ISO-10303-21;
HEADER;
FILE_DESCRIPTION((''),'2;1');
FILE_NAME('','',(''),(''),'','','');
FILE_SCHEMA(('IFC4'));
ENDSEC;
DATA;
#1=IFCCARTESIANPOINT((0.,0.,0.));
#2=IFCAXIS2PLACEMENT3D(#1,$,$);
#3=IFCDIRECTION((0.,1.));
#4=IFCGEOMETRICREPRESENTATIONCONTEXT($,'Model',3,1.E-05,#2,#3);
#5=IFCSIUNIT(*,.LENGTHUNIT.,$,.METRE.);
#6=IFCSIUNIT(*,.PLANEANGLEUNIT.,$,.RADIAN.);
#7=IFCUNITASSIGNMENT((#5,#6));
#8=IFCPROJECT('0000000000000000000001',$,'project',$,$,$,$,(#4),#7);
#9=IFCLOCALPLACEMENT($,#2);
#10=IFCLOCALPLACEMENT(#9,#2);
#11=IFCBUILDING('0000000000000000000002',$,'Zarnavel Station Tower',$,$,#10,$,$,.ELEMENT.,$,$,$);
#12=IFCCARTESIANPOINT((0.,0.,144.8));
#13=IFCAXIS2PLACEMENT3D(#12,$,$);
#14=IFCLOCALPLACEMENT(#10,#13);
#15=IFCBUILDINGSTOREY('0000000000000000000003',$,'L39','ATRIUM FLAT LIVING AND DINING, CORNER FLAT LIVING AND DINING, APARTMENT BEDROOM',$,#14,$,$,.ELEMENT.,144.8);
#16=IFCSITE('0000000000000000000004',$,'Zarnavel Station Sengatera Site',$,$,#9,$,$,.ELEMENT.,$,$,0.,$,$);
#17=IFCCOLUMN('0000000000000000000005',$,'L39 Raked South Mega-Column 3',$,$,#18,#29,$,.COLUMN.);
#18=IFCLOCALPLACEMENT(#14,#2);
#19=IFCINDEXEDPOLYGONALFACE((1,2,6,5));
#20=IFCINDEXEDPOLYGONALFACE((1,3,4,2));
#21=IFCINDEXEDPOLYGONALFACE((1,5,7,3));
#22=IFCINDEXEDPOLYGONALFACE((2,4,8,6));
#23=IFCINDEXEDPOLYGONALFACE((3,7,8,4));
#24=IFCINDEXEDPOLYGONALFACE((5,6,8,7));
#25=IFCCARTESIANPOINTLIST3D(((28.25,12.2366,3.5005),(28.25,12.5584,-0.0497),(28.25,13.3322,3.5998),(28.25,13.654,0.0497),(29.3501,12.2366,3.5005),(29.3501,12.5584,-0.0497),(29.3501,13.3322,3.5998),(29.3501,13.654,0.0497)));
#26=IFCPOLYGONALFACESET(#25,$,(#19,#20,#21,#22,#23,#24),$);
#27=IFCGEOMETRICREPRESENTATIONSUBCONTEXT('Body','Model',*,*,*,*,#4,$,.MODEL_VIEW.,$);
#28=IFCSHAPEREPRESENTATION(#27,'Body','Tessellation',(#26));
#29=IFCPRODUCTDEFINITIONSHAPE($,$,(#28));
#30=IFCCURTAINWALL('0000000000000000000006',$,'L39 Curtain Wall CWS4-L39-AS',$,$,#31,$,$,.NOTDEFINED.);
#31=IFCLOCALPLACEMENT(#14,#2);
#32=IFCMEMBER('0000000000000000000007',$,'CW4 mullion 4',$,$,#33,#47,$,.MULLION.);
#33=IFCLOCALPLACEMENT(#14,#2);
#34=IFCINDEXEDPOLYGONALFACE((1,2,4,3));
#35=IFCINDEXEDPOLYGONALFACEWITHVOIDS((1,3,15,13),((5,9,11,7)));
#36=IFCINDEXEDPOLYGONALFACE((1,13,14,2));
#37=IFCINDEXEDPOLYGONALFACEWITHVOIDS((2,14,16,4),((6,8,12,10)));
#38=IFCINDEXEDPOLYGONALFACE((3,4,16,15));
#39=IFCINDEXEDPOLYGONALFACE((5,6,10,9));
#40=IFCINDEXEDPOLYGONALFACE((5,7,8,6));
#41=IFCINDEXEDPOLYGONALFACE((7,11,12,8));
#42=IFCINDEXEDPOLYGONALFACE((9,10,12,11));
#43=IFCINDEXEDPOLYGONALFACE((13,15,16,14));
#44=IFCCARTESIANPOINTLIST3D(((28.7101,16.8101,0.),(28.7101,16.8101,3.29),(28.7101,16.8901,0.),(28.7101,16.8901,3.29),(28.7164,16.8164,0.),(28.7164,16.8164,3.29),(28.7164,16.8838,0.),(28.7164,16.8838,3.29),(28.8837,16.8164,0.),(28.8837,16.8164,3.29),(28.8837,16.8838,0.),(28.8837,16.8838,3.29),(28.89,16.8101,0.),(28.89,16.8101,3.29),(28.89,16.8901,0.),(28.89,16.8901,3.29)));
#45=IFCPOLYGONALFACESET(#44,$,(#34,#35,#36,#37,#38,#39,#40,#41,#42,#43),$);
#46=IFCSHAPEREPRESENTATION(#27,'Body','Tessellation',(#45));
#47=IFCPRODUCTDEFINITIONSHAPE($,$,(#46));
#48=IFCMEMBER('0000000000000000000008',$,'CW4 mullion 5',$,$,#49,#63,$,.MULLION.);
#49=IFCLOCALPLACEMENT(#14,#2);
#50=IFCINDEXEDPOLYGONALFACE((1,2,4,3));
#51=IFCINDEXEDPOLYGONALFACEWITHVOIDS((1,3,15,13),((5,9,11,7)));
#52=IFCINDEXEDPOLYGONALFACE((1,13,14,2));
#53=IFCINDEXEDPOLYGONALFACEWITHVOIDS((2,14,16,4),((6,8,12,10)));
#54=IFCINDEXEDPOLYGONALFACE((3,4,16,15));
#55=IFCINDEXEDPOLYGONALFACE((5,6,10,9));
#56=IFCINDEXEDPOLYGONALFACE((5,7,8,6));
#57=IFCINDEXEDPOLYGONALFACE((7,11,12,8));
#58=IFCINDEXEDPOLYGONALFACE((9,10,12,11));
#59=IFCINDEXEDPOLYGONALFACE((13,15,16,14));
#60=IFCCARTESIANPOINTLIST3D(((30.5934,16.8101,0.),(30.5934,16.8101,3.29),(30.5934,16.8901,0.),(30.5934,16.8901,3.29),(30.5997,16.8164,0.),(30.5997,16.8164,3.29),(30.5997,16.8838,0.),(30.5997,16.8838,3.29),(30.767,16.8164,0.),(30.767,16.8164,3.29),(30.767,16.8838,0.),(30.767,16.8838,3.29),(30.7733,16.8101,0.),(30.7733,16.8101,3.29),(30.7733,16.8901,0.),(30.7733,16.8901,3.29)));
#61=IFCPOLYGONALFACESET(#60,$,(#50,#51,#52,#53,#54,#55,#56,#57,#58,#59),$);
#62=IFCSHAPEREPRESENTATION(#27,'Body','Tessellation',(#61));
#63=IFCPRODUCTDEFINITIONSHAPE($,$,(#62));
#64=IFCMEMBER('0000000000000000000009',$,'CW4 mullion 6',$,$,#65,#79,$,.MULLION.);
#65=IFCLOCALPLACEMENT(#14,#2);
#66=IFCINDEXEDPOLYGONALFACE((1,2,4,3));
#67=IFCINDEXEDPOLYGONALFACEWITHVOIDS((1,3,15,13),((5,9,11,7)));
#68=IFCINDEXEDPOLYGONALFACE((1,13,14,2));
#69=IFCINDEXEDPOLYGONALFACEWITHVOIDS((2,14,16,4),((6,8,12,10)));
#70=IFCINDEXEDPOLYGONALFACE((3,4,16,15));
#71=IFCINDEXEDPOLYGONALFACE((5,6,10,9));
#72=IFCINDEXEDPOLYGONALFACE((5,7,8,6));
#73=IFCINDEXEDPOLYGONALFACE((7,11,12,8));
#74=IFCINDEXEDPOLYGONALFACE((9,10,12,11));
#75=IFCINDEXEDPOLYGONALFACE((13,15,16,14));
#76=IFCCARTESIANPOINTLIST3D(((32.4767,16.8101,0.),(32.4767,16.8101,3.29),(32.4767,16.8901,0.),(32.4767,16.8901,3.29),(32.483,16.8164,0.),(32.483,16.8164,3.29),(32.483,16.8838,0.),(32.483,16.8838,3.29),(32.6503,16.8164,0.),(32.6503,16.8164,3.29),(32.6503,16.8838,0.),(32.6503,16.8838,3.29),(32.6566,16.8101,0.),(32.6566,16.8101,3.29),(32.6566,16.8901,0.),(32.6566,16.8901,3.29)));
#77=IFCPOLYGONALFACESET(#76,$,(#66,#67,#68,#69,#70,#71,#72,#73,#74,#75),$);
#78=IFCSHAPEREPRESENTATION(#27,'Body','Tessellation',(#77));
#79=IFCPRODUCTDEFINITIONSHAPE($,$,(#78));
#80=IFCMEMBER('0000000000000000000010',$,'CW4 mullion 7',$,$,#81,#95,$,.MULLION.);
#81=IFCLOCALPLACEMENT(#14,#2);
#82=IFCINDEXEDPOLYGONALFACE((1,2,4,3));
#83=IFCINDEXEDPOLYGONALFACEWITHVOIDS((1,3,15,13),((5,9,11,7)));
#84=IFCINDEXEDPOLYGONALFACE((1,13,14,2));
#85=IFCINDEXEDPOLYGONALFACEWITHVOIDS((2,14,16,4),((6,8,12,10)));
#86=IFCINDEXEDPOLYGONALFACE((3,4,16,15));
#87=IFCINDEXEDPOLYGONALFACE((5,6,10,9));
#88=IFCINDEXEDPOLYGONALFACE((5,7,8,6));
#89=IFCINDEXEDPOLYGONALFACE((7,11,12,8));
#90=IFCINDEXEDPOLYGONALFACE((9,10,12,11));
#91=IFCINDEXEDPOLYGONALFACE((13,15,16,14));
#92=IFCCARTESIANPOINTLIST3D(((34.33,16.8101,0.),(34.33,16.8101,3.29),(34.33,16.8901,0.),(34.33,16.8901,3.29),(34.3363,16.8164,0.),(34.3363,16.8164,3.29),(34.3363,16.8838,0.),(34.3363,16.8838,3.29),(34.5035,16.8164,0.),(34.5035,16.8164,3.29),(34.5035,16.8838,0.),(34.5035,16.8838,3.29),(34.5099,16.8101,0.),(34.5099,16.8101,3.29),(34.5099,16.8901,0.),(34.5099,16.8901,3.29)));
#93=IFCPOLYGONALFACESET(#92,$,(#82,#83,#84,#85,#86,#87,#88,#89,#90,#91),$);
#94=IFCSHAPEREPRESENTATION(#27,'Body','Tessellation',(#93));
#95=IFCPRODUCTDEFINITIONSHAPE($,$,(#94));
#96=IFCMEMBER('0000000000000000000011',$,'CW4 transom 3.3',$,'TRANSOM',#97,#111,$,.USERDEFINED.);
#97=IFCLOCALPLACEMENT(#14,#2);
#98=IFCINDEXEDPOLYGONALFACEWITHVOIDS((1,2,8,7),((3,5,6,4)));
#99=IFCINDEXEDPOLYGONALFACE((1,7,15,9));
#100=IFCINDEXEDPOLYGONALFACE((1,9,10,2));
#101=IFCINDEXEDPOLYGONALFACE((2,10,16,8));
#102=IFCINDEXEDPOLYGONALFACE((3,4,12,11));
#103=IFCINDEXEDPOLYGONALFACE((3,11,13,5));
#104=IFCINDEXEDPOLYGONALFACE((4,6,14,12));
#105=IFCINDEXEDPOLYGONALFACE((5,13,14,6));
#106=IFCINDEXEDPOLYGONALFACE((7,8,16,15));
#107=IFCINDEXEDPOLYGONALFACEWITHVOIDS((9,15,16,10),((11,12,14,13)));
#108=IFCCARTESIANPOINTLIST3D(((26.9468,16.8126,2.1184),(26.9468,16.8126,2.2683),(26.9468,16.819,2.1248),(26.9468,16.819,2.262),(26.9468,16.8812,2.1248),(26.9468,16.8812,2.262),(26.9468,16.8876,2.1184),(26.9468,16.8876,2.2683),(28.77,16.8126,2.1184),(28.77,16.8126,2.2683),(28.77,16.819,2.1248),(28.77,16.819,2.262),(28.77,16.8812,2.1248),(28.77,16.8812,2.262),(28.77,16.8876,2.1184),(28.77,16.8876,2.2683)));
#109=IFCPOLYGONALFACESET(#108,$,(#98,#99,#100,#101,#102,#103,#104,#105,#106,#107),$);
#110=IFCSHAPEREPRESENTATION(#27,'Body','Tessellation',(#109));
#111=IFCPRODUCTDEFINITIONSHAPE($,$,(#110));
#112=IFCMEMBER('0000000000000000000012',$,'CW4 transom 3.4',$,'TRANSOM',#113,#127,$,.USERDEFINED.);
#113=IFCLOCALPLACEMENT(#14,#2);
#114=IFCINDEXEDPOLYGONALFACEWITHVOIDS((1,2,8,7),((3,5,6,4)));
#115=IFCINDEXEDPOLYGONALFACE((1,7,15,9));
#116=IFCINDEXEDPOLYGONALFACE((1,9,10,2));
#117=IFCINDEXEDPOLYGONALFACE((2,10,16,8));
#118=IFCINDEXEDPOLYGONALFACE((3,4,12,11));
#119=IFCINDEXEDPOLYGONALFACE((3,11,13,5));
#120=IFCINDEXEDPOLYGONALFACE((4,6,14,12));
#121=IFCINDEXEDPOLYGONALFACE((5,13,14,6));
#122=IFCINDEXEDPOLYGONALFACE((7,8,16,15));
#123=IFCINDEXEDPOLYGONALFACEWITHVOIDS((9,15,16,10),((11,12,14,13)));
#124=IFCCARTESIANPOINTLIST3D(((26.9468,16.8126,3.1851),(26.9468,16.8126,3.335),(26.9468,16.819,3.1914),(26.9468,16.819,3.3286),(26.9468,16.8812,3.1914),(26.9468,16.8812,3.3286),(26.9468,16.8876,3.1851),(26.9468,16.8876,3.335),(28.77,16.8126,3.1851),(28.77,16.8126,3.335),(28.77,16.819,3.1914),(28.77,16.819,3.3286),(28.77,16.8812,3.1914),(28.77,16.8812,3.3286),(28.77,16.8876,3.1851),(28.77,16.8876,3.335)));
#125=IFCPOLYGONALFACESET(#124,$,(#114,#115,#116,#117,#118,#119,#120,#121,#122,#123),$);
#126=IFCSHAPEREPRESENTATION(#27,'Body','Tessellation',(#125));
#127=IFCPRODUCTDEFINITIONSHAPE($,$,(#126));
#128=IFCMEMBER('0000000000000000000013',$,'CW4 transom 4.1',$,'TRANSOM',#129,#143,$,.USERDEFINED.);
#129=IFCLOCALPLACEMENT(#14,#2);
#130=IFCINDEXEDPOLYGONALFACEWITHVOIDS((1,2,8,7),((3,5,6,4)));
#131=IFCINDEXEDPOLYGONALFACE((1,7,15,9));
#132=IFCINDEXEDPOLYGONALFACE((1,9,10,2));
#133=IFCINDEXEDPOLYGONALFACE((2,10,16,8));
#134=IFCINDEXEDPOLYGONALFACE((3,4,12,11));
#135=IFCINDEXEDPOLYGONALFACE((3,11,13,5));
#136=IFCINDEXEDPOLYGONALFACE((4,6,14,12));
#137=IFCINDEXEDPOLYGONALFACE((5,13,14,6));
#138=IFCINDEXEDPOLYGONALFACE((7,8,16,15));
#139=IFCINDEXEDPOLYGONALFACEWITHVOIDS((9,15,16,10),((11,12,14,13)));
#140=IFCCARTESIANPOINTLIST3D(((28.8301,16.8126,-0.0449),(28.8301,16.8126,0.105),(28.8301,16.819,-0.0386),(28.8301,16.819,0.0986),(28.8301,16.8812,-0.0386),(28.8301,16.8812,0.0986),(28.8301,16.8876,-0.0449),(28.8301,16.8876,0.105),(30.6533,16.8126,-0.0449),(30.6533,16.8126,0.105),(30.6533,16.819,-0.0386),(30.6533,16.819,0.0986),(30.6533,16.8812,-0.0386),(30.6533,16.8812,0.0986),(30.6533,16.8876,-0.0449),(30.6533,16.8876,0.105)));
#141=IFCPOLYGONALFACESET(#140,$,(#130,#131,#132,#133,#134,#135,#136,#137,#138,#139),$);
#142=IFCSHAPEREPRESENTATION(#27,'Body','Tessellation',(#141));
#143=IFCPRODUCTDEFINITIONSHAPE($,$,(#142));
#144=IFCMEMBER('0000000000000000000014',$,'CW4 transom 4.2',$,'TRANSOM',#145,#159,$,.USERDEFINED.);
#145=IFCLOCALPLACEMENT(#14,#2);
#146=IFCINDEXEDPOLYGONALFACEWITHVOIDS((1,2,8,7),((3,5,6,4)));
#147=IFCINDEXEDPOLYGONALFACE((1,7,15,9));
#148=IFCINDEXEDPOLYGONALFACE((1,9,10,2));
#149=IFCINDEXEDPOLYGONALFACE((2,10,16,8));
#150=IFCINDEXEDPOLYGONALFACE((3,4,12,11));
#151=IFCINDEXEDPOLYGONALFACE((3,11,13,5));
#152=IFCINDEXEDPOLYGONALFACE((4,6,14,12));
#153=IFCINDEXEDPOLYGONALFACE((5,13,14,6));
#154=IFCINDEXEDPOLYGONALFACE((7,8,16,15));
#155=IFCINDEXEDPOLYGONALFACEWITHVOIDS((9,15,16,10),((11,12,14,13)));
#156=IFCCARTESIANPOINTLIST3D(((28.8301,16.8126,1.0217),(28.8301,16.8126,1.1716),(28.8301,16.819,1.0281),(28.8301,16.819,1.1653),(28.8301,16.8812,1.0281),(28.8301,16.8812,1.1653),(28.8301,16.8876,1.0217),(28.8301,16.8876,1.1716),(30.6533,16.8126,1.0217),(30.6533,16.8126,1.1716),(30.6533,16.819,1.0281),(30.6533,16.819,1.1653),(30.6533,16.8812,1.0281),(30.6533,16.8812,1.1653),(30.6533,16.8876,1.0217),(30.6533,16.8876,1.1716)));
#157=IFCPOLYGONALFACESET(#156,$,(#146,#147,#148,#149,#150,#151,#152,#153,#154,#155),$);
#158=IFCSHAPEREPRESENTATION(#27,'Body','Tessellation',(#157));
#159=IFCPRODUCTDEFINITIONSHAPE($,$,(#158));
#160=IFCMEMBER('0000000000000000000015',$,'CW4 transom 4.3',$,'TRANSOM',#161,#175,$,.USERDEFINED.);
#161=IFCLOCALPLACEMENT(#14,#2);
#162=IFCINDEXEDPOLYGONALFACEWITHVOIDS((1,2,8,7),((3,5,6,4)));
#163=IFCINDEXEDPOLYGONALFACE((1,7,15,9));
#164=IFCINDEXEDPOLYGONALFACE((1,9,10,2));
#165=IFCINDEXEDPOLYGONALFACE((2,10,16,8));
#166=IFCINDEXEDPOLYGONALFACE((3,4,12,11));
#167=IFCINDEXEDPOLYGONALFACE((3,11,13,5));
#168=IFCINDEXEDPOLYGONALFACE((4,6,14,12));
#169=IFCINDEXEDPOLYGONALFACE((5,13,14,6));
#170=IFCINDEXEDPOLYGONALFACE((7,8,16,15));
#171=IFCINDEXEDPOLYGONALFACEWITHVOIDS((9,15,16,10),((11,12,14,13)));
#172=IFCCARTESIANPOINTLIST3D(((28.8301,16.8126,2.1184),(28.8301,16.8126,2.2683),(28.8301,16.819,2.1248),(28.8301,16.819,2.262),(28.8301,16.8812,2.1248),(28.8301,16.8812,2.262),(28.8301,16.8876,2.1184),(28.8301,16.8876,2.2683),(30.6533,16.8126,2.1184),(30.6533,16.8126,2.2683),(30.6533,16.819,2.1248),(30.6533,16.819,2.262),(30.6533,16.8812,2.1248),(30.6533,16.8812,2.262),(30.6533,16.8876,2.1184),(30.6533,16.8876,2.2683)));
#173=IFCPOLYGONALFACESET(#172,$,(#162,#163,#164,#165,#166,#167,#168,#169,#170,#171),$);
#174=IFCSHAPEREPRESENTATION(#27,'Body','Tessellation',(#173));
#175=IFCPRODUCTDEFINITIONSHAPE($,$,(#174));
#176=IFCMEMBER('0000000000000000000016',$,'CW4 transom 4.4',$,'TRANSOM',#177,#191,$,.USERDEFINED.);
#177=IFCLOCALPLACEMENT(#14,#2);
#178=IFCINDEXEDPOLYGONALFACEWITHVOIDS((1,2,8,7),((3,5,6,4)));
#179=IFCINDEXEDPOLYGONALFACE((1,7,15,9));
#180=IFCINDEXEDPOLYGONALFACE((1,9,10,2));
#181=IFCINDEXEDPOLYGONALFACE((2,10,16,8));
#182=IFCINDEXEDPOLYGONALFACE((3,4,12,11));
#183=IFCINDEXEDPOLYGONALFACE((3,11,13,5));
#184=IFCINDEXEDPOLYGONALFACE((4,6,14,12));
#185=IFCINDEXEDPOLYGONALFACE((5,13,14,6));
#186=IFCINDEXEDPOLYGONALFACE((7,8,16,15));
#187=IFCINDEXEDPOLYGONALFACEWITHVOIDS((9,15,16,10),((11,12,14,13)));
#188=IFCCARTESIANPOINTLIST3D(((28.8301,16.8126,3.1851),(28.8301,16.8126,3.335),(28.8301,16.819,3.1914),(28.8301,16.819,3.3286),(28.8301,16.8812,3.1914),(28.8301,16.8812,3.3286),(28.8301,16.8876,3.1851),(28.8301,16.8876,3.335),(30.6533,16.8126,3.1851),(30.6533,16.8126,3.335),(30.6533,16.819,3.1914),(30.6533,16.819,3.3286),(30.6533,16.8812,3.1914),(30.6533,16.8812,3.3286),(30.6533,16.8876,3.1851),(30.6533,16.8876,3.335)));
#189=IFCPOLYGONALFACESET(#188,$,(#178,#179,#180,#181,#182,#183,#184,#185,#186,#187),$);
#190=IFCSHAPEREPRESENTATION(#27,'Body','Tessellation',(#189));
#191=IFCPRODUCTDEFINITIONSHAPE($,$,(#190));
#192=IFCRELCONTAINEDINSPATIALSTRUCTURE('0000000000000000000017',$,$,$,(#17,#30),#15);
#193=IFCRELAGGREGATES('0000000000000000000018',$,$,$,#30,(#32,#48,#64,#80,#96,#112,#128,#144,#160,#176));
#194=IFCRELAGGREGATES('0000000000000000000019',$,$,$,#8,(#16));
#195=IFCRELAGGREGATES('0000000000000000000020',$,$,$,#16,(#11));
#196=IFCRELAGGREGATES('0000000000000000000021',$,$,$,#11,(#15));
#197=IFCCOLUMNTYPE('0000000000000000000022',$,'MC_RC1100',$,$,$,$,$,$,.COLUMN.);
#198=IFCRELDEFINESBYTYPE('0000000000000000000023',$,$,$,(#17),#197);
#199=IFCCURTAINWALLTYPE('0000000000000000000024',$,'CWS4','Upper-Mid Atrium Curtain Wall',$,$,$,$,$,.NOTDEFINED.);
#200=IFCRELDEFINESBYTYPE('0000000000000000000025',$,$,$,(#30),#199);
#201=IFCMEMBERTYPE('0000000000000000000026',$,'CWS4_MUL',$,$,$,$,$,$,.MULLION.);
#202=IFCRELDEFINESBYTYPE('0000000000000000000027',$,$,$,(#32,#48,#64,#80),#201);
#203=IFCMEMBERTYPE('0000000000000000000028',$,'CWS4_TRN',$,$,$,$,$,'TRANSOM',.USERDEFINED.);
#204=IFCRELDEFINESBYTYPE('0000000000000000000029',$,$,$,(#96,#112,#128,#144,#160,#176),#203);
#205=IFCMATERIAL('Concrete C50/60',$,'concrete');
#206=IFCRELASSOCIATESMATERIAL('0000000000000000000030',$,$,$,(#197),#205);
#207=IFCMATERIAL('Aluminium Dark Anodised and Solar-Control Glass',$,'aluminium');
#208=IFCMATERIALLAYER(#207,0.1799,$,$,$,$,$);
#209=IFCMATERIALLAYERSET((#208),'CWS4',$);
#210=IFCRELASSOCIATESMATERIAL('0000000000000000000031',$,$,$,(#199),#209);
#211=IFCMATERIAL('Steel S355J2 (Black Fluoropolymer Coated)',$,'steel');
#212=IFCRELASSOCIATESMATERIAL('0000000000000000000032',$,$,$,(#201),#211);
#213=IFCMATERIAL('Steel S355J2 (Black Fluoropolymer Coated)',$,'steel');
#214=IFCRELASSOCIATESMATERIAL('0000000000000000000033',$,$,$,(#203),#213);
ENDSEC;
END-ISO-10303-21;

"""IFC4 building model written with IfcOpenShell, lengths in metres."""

from ifc_helpers import new_model, si_unit, direction, frame, origin, origin_2d, place, context, subcontext, project, spatial, rectangle, hollow_rectangle, extrude, material, layer, layer_set, material_profile, profile_set, type_object, element, aggregate, save


model = new_model("IFC4")

# Units and contexts
model_context = context("Model", 3, precision=1e-05, world=origin(), true_north=direction((0.0, 1.0)))
body_context = subcontext(model_context, "Body", "Model", "MODEL_VIEW")
ifc_project = project(units=[si_unit("LENGTHUNIT", "METRE"), si_unit("PLANEANGLEUNIT", "RADIAN")], contexts=[model_context])

# Site, building, storey
site_placement = place(None, origin())
site = spatial("IfcSite", under=ifc_project, at=site_placement, Name="Zarnavel Station Sengatera Site", CompositionType="ELEMENT", RefElevation=0.0)
building_placement = place(site_placement, origin())
building = spatial("IfcBuilding", under=site, at=building_placement, Name="Zarnavel Station Tower", CompositionType="ELEMENT")
storey_placement = place(building_placement, frame((0.0, 0.0, 144.8)))
storey = spatial("IfcBuildingStorey", under=building, at=storey_placement, Name="L39", Description="ATRIUM FLAT LIVING AND DINING, CORNER FLAT LIVING AND DINING, APARTMENT BEDROOM", CompositionType="ELEMENT", Elevation=144.8)

# Column
ifc_material_1 = material(Name="Concrete C50/60", Category="concrete")
ifc_material_profile_1 = material_profile(ifc_material_1, rectangle(XDim=1.1001, YDim=1.1001, at=origin_2d()), Name="RC1100x1100")
ifc_profile_set_1 = profile_set([ifc_material_profile_1], Name="Concrete C50/60")
column_type = type_object("IfcColumnType", Name="MC_RC1100", PredefinedType="COLUMN", material=ifc_profile_set_1)
column_placement = place(storey_placement, frame((28.8, 13.1062, 0.0), z_axis=(0.0, -0.09027, 0.995917), x_axis=(1.0, 0.0, 0.0)))
element("IfcColumn", 1, at=column_placement, inside=storey, type_object=column_type, Name="L39 Raked South Mega-Column 3", PredefinedType="COLUMN", context=body_context, shape_type="SweptSolid", body=[
    extrude(rectangle(XDim=1.1001, YDim=1.1001, at=origin_2d()), origin(), (0.0, 0.0, 1.0), 3.5647),
])

# Curtain wall, members
ifc_material_2 = material(Name="Aluminium Dark Anodised and Solar-Control Glass", Category="aluminium")
ifc_layer_1 = layer(ifc_material_2, 0.1799)
ifc_layer_set_1 = layer_set([ifc_layer_1], Name="CWS4")
curtain_wall_type = type_object("IfcCurtainWallType", Name="CWS4", Description="Upper-Mid Atrium Curtain Wall", PredefinedType="NOTDEFINED", material=ifc_layer_set_1)
curtain_wall_placement = place(storey_placement, origin())
curtain_wall = element("IfcCurtainWall", 2, at=curtain_wall_placement, inside=storey, type_object=curtain_wall_type, Name="L39 Curtain Wall CWS4-L39-AS", PredefinedType="NOTDEFINED")
ifc_material_3 = material(Name="Steel S355J2 (Black Fluoropolymer Coated)", Category="steel")
ifc_material_profile_2 = material_profile(ifc_material_3, hollow_rectangle(XDim=0.0801, YDim=0.1799, WallThickness=0.0063, at=origin_2d()), Name="RHS180x80x6.3")
ifc_profile_set_2 = profile_set([ifc_material_profile_2], Name="Steel S355J2 (Black Fluoropolymer Coated)")
member_type_1 = type_object("IfcMemberType", Name="CWS4_MUL", PredefinedType="MULLION", material=ifc_profile_set_2)
member_1_placement = place(storey_placement, frame((28.8, 16.8501, 0.0), z_axis=(0.0, 0.0, 1.0), x_axis=(0.0, 1.0, 0.0)))
member_1 = element("IfcMember", 3, at=member_1_placement, type_object=member_type_1, Name="CW4 mullion 4", PredefinedType="MULLION", context=body_context, shape_type="SweptSolid", body=[
    extrude(hollow_rectangle(XDim=0.0801, YDim=0.1799, WallThickness=0.0063, at=origin_2d()), origin(), (0.0, 0.0, 1.0), 3.29),
])
member_2_placement = place(storey_placement, frame((30.6833, 16.8501, 0.0), z_axis=(0.0, 0.0, 1.0), x_axis=(0.0, 1.0, 0.0)))
member_2 = element("IfcMember", 4, at=member_2_placement, type_object=member_type_1, Name="CW4 mullion 5", PredefinedType="MULLION", context=body_context, shape_type="SweptSolid", body=[
    extrude(hollow_rectangle(XDim=0.0801, YDim=0.1799, WallThickness=0.0063, at=origin_2d()), origin(), (0.0, 0.0, 1.0), 3.29),
])
member_3_placement = place(storey_placement, frame((32.5667, 16.8501, 0.0), z_axis=(0.0, 0.0, 1.0), x_axis=(0.0, 1.0, 0.0)))
member_3 = element("IfcMember", 5, at=member_3_placement, type_object=member_type_1, Name="CW4 mullion 6", PredefinedType="MULLION", context=body_context, shape_type="SweptSolid", body=[
    extrude(hollow_rectangle(XDim=0.0801, YDim=0.1799, WallThickness=0.0063, at=origin_2d()), origin(), (0.0, 0.0, 1.0), 3.29),
])
member_4_placement = place(storey_placement, frame((34.4199, 16.8501, 0.0), z_axis=(0.0, 0.0, 1.0), x_axis=(0.0, 1.0, 0.0)))
member_4 = element("IfcMember", 6, at=member_4_placement, type_object=member_type_1, Name="CW4 mullion 7", PredefinedType="MULLION", context=body_context, shape_type="SweptSolid", body=[
    extrude(hollow_rectangle(XDim=0.0801, YDim=0.1799, WallThickness=0.0063, at=origin_2d()), origin(), (0.0, 0.0, 1.0), 3.29),
])
ifc_material_4 = material(Name="Steel S355J2 (Black Fluoropolymer Coated)", Category="steel")
ifc_material_profile_3 = material_profile(ifc_material_4, hollow_rectangle(XDim=0.075, YDim=0.1499, WallThickness=0.0063, at=origin_2d()), Name="RHS150x75x6.3")
ifc_profile_set_3 = profile_set([ifc_material_profile_3], Name="Steel S355J2 (Black Fluoropolymer Coated)")
member_type_2 = type_object("IfcMemberType", Name="CWS4_TRN", ElementType="TRANSOM", PredefinedType="USERDEFINED", material=ifc_profile_set_3)
member_5_placement = place(storey_placement, frame((26.9468, 16.8501, 2.1934), z_axis=(1.0, 0.0, 0.0), x_axis=(0.0, 1.0, 0.0)))
member_5 = element("IfcMember", 7, at=member_5_placement, type_object=member_type_2, Name="CW4 transom 3.3", ObjectType="TRANSOM", PredefinedType="USERDEFINED", context=body_context, shape_type="SweptSolid", body=[
    extrude(hollow_rectangle(XDim=0.075, YDim=0.1499, WallThickness=0.0063, at=origin_2d()), origin(), (0.0, 0.0, 1.0), 1.8232),
])
member_6_placement = place(storey_placement, frame((26.9468, 16.8501, 3.26), z_axis=(1.0, 0.0, 0.0), x_axis=(0.0, 1.0, 0.0)))
member_6 = element("IfcMember", 8, at=member_6_placement, type_object=member_type_2, Name="CW4 transom 3.4", ObjectType="TRANSOM", PredefinedType="USERDEFINED", context=body_context, shape_type="SweptSolid", body=[
    extrude(hollow_rectangle(XDim=0.075, YDim=0.1499, WallThickness=0.0063, at=origin_2d()), origin(), (0.0, 0.0, 1.0), 1.8232),
])
member_7_placement = place(storey_placement, frame((28.8301, 16.8501, 0.03), z_axis=(1.0, 0.0, 0.0), x_axis=(0.0, 1.0, 0.0)))
member_7 = element("IfcMember", 9, at=member_7_placement, type_object=member_type_2, Name="CW4 transom 4.1", ObjectType="TRANSOM", PredefinedType="USERDEFINED", context=body_context, shape_type="SweptSolid", body=[
    extrude(hollow_rectangle(XDim=0.075, YDim=0.1499, WallThickness=0.0063, at=origin_2d()), origin(), (0.0, 0.0, 1.0), 1.8232),
])
member_8_placement = place(storey_placement, frame((28.8301, 16.8501, 1.0967), z_axis=(1.0, 0.0, 0.0), x_axis=(0.0, 1.0, 0.0)))
member_8 = element("IfcMember", 10, at=member_8_placement, type_object=member_type_2, Name="CW4 transom 4.2", ObjectType="TRANSOM", PredefinedType="USERDEFINED", context=body_context, shape_type="SweptSolid", body=[
    extrude(hollow_rectangle(XDim=0.075, YDim=0.1499, WallThickness=0.0063, at=origin_2d()), origin(), (0.0, 0.0, 1.0), 1.8232),
])
member_9_placement = place(storey_placement, frame((28.8301, 16.8501, 2.1934), z_axis=(1.0, 0.0, 0.0), x_axis=(0.0, 1.0, 0.0)))
member_9 = element("IfcMember", 11, at=member_9_placement, type_object=member_type_2, Name="CW4 transom 4.3", ObjectType="TRANSOM", PredefinedType="USERDEFINED", context=body_context, shape_type="SweptSolid", body=[
    extrude(hollow_rectangle(XDim=0.075, YDim=0.1499, WallThickness=0.0063, at=origin_2d()), origin(), (0.0, 0.0, 1.0), 1.8232),
])
member_10_placement = place(storey_placement, frame((28.8301, 16.8501, 3.26), z_axis=(1.0, 0.0, 0.0), x_axis=(0.0, 1.0, 0.0)))
member_10 = element("IfcMember", 12, at=member_10_placement, type_object=member_type_2, Name="CW4 transom 4.4", ObjectType="TRANSOM", PredefinedType="USERDEFINED", context=body_context, shape_type="SweptSolid", body=[
    extrude(hollow_rectangle(XDim=0.075, YDim=0.1499, WallThickness=0.0063, at=origin_2d()), origin(), (0.0, 0.0, 1.0), 1.8232),
])

aggregate(curtain_wall, [member_1, member_2, member_3, member_4, member_5, member_6, member_7, member_8, member_9, member_10])

save(model, "model.ifc")
